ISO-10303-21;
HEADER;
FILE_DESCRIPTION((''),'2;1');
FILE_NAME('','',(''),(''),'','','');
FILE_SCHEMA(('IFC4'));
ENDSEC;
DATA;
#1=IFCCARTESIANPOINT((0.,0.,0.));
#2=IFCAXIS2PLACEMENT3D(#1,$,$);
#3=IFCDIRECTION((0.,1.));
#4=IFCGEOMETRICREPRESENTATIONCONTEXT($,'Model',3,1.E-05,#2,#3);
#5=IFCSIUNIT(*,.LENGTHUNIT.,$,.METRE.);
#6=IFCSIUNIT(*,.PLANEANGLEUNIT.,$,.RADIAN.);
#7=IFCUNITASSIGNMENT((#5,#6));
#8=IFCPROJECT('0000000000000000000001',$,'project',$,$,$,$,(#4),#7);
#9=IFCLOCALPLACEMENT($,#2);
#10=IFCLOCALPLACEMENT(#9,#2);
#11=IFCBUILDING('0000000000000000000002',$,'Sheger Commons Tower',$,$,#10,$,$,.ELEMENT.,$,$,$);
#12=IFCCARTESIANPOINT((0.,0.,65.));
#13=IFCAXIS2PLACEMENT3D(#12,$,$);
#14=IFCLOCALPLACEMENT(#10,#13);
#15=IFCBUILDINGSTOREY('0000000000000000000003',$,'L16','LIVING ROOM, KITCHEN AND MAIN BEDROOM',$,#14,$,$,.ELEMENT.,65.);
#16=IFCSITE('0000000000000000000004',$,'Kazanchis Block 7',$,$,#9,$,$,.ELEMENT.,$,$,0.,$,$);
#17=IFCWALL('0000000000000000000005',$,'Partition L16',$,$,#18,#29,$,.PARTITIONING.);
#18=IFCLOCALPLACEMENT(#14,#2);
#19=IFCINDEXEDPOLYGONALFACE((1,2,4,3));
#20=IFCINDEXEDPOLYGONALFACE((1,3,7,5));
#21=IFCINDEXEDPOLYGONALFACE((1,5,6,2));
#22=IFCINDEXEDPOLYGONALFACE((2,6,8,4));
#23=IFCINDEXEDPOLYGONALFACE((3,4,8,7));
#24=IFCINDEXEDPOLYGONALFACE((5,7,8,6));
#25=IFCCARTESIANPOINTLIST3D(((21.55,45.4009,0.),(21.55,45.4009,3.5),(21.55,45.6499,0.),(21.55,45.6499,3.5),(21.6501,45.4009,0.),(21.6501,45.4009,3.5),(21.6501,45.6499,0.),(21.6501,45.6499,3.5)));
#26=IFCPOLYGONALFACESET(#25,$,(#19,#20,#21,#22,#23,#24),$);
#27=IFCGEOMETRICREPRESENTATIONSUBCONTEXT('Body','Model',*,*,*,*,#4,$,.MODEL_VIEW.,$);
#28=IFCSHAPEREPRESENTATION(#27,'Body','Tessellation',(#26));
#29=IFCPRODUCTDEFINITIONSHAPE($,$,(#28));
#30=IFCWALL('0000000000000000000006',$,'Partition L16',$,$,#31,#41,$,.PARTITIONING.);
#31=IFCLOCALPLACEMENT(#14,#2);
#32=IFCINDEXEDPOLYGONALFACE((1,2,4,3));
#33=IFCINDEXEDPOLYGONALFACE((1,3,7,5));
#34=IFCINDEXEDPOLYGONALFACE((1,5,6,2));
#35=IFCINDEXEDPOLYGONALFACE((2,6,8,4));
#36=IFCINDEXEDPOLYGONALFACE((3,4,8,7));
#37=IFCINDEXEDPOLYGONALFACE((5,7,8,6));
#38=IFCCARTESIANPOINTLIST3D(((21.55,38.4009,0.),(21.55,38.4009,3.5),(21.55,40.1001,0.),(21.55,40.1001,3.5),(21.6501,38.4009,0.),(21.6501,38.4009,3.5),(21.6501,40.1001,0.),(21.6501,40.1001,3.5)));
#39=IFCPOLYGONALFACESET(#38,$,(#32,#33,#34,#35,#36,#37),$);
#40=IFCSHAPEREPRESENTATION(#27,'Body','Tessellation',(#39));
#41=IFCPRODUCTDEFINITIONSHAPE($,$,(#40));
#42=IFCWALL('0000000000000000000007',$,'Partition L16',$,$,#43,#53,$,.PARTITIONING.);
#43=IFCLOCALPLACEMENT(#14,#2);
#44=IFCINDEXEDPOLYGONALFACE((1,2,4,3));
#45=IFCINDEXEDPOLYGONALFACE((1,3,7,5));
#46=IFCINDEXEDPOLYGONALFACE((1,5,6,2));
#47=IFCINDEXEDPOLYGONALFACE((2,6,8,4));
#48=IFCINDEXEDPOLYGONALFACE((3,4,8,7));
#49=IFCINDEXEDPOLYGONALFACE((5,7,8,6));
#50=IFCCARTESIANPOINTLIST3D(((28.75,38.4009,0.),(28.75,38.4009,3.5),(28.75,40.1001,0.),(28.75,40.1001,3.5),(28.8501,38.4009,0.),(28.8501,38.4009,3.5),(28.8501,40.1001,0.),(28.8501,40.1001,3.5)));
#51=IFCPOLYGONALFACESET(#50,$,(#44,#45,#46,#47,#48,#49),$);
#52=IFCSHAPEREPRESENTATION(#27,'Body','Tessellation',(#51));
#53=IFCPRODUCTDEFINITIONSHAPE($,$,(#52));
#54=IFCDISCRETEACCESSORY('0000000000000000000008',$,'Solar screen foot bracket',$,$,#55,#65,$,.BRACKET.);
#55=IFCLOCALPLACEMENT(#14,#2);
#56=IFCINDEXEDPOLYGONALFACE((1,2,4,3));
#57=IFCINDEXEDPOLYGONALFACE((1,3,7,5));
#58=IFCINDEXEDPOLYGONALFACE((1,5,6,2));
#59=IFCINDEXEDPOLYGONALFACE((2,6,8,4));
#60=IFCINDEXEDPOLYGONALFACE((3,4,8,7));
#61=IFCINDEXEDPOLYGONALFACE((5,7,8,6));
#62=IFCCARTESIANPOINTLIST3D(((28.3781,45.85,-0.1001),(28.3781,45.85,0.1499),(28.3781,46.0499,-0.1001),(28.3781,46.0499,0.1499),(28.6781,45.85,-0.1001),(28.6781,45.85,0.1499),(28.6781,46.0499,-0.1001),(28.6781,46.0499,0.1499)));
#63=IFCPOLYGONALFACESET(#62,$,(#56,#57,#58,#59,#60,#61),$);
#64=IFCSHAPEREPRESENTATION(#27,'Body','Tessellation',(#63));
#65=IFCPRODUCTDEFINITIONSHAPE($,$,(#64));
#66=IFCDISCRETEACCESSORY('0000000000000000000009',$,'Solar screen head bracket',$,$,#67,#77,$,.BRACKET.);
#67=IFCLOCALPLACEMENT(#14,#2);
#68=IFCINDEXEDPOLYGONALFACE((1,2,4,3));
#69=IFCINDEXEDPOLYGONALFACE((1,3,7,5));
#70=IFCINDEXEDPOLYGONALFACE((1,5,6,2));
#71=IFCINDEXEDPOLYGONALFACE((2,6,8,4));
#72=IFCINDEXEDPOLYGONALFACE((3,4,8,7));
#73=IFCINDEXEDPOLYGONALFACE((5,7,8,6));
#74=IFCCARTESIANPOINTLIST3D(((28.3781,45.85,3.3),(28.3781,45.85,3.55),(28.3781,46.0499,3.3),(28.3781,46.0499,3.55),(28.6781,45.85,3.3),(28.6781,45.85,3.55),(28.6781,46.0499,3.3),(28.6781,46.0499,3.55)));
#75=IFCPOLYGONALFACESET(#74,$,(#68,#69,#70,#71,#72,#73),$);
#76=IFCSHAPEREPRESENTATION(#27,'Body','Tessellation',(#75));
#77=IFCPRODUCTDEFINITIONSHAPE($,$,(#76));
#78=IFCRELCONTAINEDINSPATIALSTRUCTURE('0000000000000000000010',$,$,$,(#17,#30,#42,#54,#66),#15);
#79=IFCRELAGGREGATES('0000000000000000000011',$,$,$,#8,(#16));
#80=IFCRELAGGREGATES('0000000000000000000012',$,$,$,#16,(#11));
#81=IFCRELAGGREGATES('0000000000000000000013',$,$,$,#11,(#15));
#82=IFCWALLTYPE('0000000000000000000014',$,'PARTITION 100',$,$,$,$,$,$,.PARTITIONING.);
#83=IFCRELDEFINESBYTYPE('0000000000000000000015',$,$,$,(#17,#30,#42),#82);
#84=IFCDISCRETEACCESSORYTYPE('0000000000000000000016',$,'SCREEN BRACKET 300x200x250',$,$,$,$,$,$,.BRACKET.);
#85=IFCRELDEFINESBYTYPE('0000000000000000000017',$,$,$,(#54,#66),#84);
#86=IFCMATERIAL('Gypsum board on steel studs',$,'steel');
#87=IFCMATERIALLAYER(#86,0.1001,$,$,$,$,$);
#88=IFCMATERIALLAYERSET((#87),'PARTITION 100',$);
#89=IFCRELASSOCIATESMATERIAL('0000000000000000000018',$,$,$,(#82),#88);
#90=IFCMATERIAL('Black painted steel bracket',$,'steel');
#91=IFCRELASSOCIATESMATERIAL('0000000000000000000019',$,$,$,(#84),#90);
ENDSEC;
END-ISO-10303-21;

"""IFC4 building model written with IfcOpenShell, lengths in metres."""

from ifc_helpers import new_model, si_unit, direction, frame, frame_2d, origin, origin_2d, place, context, subcontext, project, spatial, rectangle, extrude, material, layer, layer_set, type_object, element, save


model = new_model("IFC4")

# Units and contexts
model_context = context("Model", 3, precision=1e-05, world=origin(), true_north=direction((0.0, 1.0)))
body_context = subcontext(model_context, "Body", "Model", "MODEL_VIEW")
ifc_project = project(units=[si_unit("LENGTHUNIT", "METRE"), si_unit("PLANEANGLEUNIT", "RADIAN")], contexts=[model_context])

# Site, building, storey
site_placement = place(None, origin())
site = spatial("IfcSite", under=ifc_project, at=site_placement, Name="Kazanchis Block 7", CompositionType="ELEMENT", RefElevation=0.0)
building_placement = place(site_placement, origin())
building = spatial("IfcBuilding", under=site, at=building_placement, Name="Sheger Commons Tower", CompositionType="ELEMENT")
storey_placement = place(building_placement, frame((0.0, 0.0, 65.0)))
storey = spatial("IfcBuildingStorey", under=building, at=storey_placement, Name="L16", Description="LIVING ROOM, KITCHEN AND MAIN BEDROOM", CompositionType="ELEMENT", Elevation=65.0)

# Shared definitions
ifc_material_1 = material(Name="Gypsum board on steel studs", Category="steel")
ifc_layer_1 = layer(ifc_material_1, 0.1001)
ifc_layer_set_1 = layer_set([ifc_layer_1], Name="PARTITION 100")
wall_type_1 = type_object("IfcWallType", Name="PARTITION 100", PredefinedType="PARTITIONING", material=ifc_layer_set_1)

# Walls
wall_1_placement = place(storey_placement, frame((21.6001, 45.4009, 0.0), z_axis=(0.0, 0.0, 1.0), x_axis=(0.0, 1.0, 0.0)))
element("IfcWall", 1, at=wall_1_placement, inside=storey, type_object=wall_type_1, Name="Partition L16", PredefinedType="PARTITIONING", context=body_context, shape_type="SweptSolid", body=[
    extrude(rectangle(XDim=0.249, YDim=0.1001, at=frame_2d((0.1245, 0.0))), origin(), (0.0, 0.0, 1.0), 3.5),
])
for number, where, z_axis, x_axis, name in (
    (2, (21.6001, 38.4009, 0.0), (0.0, 0.0, 1.0), (0.0, 1.0, 0.0), "Partition L16"),
    (3, (28.8, 38.4009, 0.0), (0.0, 0.0, 1.0), (0.0, 1.0, 0.0), "Partition L16"),
):
    element("IfcWall", number, at=place(storey_placement, frame(where, z_axis=z_axis, x_axis=x_axis)), inside=storey, type_object=wall_type_1, Name=name, PredefinedType="PARTITIONING", context=body_context, shape_type="SweptSolid", body=[
        extrude(rectangle(XDim=1.6992, YDim=0.1001, at=frame_2d((0.8496, 0.0))), origin(), (0.0, 0.0, 1.0), 3.5),
    ])

# Discrete accessories
ifc_material_2 = material(Name="Black painted steel bracket", Category="steel")
discrete_accessory_type = type_object("IfcDiscreteAccessoryType", Name="SCREEN BRACKET 300x200x250", PredefinedType="BRACKET", material=ifc_material_2)
for number, where, z_axis, x_axis, name in (
    (4, (28.5281, 45.95, -0.1001), (0.0, 0.0, 1.0), (-1.0, 0.0, 0.0), "Solar screen foot bracket"),
    (5, (28.5281, 45.95, 3.3), (0.0, 0.0, 1.0), (-1.0, 0.0, 0.0), "Solar screen head bracket"),
):
    element("IfcDiscreteAccessory", number, at=place(storey_placement, frame(where, z_axis=z_axis, x_axis=x_axis)), inside=storey, type_object=discrete_accessory_type, Name=name, PredefinedType="BRACKET", context=body_context, shape_type="SweptSolid", body=[
        extrude(rectangle(XDim=0.3, YDim=0.2, at=origin_2d()), origin(), (0.0, 0.0, 1.0), 0.25),
    ])

save(model, "model.ifc")
